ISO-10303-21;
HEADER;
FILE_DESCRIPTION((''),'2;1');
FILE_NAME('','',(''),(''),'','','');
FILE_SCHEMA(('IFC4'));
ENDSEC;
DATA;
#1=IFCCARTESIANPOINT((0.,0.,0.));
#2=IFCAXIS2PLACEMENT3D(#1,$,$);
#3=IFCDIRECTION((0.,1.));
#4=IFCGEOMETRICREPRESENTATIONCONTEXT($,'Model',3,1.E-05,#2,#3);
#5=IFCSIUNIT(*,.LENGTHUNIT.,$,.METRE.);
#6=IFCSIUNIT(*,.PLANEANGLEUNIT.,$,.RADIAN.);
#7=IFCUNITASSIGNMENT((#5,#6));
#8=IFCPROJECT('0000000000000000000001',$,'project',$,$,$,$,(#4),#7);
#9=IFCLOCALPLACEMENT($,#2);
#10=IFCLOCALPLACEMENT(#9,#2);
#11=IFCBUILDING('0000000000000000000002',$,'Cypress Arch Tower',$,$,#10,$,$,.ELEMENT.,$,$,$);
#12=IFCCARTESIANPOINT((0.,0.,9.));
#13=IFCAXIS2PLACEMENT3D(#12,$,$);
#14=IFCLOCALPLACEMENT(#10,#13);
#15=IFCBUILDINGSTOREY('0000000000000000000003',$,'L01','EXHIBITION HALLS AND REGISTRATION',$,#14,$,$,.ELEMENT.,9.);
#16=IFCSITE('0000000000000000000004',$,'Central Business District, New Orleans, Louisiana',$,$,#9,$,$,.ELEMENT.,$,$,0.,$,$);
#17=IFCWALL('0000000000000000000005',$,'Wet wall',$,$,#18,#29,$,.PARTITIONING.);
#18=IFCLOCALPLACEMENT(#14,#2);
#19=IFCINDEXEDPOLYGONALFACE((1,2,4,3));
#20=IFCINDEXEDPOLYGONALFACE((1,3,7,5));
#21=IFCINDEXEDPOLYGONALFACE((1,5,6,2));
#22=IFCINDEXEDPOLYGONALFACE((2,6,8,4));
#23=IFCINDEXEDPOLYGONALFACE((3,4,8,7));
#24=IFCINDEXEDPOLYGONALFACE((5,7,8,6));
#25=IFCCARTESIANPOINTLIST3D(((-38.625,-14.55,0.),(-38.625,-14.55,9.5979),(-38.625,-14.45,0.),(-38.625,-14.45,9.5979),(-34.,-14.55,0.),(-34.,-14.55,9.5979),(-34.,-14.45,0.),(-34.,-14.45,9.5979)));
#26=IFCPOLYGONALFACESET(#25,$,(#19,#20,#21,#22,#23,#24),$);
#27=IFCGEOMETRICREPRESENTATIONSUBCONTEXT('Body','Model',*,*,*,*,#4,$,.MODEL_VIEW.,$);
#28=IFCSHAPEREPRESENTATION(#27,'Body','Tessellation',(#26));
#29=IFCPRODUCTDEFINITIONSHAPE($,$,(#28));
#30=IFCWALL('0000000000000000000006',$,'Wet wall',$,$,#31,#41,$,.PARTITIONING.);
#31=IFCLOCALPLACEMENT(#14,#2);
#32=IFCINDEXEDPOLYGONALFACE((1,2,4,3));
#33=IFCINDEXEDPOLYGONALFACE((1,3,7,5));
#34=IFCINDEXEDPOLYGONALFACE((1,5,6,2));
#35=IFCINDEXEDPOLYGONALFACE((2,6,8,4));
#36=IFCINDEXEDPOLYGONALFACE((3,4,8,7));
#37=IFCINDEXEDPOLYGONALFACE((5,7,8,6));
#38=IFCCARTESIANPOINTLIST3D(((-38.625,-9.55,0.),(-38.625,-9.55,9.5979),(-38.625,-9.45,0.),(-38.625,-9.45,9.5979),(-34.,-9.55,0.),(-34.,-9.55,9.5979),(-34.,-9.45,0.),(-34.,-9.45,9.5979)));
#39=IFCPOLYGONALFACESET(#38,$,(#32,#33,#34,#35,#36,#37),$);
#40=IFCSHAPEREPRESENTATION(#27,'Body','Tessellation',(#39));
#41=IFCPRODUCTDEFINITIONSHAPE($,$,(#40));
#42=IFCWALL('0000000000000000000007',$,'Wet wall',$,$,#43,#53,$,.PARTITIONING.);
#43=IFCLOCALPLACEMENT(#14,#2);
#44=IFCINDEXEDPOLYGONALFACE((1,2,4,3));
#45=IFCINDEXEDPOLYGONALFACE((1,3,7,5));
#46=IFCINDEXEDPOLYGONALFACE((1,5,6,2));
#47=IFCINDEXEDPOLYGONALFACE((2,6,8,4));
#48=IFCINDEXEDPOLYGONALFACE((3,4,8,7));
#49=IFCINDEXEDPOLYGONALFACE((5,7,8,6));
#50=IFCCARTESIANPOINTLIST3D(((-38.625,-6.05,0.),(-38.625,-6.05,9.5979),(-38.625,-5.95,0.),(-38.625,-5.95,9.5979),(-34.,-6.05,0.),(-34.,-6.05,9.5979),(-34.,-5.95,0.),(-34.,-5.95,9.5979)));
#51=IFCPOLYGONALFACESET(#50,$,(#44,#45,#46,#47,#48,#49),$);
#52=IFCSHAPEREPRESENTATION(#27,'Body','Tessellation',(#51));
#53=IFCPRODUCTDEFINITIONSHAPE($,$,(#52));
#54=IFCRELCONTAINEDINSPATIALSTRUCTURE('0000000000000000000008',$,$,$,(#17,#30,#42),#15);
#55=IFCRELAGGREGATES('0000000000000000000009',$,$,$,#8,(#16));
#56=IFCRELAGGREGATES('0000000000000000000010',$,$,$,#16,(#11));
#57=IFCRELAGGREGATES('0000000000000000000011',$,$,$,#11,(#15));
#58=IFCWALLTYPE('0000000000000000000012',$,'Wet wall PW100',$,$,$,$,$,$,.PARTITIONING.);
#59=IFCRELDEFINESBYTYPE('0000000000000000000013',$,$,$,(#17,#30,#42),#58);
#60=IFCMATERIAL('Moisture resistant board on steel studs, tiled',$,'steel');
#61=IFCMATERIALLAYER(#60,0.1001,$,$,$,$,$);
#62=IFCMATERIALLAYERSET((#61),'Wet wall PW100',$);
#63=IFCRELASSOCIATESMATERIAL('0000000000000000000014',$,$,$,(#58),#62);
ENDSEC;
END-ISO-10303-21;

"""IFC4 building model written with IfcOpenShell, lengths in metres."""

from ifc_helpers import new_model, si_unit, direction, frame, frame_2d, origin, place, context, subcontext, project, spatial, rectangle, extrude, material, layer, layer_set, type_object, element, save


model = new_model("IFC4")

# Units and contexts
model_context = context("Model", 3, precision=1e-05, world=origin(), true_north=direction((0.0, 1.0)))
body_context = subcontext(model_context, "Body", "Model", "MODEL_VIEW")
ifc_project = project(units=[si_unit("LENGTHUNIT", "METRE"), si_unit("PLANEANGLEUNIT", "RADIAN")], contexts=[model_context])

# Site, building, storey
site_placement = place(None, origin())
site = spatial("IfcSite", under=ifc_project, at=site_placement, Name="Central Business District, New Orleans, Louisiana", CompositionType="ELEMENT", RefElevation=0.0)
building_placement = place(site_placement, origin())
building = spatial("IfcBuilding", under=site, at=building_placement, Name="Cypress Arch Tower", CompositionType="ELEMENT")
storey_placement = place(building_placement, frame((0.0, 0.0, 9.0)))
storey = spatial("IfcBuildingStorey", under=building, at=storey_placement, Name="L01", Description="EXHIBITION HALLS AND REGISTRATION", CompositionType="ELEMENT", Elevation=9.0)

# Walls
ifc_material_1 = material(Name="Moisture resistant board on steel studs, tiled", Category="steel")
ifc_layer_1 = layer(ifc_material_1, 0.1001)
ifc_layer_set_1 = layer_set([ifc_layer_1], Name="Wet wall PW100")
wall_type_1 = type_object("IfcWallType", Name="Wet wall PW100", PredefinedType="PARTITIONING", material=ifc_layer_set_1)
for number, where, z_axis, x_axis, name in (
    (1, (-38.625, -14.5, 0.0), (0.0, 0.0, 1.0), (1.0, 0.0, 0.0), "Wet wall"),
    (2, (-38.625, -9.5, 0.0), (0.0, 0.0, 1.0), (1.0, 0.0, 0.0), "Wet wall"),
    (3, (-38.625, -6.0, 0.0), (0.0, 0.0, 1.0), (1.0, 0.0, 0.0), "Wet wall"),
):
    element("IfcWall", number, at=place(storey_placement, frame(where, z_axis=z_axis, x_axis=x_axis)), inside=storey, type_object=wall_type_1, Name=name, PredefinedType="PARTITIONING", context=body_context, shape_type="SweptSolid", body=[
        extrude(rectangle(XDim=4.625, YDim=0.1001, at=frame_2d((2.3125, 0.0))), origin(), (0.0, 0.0, 1.0), 9.5979),
    ])

save(model, "model.ifc")
